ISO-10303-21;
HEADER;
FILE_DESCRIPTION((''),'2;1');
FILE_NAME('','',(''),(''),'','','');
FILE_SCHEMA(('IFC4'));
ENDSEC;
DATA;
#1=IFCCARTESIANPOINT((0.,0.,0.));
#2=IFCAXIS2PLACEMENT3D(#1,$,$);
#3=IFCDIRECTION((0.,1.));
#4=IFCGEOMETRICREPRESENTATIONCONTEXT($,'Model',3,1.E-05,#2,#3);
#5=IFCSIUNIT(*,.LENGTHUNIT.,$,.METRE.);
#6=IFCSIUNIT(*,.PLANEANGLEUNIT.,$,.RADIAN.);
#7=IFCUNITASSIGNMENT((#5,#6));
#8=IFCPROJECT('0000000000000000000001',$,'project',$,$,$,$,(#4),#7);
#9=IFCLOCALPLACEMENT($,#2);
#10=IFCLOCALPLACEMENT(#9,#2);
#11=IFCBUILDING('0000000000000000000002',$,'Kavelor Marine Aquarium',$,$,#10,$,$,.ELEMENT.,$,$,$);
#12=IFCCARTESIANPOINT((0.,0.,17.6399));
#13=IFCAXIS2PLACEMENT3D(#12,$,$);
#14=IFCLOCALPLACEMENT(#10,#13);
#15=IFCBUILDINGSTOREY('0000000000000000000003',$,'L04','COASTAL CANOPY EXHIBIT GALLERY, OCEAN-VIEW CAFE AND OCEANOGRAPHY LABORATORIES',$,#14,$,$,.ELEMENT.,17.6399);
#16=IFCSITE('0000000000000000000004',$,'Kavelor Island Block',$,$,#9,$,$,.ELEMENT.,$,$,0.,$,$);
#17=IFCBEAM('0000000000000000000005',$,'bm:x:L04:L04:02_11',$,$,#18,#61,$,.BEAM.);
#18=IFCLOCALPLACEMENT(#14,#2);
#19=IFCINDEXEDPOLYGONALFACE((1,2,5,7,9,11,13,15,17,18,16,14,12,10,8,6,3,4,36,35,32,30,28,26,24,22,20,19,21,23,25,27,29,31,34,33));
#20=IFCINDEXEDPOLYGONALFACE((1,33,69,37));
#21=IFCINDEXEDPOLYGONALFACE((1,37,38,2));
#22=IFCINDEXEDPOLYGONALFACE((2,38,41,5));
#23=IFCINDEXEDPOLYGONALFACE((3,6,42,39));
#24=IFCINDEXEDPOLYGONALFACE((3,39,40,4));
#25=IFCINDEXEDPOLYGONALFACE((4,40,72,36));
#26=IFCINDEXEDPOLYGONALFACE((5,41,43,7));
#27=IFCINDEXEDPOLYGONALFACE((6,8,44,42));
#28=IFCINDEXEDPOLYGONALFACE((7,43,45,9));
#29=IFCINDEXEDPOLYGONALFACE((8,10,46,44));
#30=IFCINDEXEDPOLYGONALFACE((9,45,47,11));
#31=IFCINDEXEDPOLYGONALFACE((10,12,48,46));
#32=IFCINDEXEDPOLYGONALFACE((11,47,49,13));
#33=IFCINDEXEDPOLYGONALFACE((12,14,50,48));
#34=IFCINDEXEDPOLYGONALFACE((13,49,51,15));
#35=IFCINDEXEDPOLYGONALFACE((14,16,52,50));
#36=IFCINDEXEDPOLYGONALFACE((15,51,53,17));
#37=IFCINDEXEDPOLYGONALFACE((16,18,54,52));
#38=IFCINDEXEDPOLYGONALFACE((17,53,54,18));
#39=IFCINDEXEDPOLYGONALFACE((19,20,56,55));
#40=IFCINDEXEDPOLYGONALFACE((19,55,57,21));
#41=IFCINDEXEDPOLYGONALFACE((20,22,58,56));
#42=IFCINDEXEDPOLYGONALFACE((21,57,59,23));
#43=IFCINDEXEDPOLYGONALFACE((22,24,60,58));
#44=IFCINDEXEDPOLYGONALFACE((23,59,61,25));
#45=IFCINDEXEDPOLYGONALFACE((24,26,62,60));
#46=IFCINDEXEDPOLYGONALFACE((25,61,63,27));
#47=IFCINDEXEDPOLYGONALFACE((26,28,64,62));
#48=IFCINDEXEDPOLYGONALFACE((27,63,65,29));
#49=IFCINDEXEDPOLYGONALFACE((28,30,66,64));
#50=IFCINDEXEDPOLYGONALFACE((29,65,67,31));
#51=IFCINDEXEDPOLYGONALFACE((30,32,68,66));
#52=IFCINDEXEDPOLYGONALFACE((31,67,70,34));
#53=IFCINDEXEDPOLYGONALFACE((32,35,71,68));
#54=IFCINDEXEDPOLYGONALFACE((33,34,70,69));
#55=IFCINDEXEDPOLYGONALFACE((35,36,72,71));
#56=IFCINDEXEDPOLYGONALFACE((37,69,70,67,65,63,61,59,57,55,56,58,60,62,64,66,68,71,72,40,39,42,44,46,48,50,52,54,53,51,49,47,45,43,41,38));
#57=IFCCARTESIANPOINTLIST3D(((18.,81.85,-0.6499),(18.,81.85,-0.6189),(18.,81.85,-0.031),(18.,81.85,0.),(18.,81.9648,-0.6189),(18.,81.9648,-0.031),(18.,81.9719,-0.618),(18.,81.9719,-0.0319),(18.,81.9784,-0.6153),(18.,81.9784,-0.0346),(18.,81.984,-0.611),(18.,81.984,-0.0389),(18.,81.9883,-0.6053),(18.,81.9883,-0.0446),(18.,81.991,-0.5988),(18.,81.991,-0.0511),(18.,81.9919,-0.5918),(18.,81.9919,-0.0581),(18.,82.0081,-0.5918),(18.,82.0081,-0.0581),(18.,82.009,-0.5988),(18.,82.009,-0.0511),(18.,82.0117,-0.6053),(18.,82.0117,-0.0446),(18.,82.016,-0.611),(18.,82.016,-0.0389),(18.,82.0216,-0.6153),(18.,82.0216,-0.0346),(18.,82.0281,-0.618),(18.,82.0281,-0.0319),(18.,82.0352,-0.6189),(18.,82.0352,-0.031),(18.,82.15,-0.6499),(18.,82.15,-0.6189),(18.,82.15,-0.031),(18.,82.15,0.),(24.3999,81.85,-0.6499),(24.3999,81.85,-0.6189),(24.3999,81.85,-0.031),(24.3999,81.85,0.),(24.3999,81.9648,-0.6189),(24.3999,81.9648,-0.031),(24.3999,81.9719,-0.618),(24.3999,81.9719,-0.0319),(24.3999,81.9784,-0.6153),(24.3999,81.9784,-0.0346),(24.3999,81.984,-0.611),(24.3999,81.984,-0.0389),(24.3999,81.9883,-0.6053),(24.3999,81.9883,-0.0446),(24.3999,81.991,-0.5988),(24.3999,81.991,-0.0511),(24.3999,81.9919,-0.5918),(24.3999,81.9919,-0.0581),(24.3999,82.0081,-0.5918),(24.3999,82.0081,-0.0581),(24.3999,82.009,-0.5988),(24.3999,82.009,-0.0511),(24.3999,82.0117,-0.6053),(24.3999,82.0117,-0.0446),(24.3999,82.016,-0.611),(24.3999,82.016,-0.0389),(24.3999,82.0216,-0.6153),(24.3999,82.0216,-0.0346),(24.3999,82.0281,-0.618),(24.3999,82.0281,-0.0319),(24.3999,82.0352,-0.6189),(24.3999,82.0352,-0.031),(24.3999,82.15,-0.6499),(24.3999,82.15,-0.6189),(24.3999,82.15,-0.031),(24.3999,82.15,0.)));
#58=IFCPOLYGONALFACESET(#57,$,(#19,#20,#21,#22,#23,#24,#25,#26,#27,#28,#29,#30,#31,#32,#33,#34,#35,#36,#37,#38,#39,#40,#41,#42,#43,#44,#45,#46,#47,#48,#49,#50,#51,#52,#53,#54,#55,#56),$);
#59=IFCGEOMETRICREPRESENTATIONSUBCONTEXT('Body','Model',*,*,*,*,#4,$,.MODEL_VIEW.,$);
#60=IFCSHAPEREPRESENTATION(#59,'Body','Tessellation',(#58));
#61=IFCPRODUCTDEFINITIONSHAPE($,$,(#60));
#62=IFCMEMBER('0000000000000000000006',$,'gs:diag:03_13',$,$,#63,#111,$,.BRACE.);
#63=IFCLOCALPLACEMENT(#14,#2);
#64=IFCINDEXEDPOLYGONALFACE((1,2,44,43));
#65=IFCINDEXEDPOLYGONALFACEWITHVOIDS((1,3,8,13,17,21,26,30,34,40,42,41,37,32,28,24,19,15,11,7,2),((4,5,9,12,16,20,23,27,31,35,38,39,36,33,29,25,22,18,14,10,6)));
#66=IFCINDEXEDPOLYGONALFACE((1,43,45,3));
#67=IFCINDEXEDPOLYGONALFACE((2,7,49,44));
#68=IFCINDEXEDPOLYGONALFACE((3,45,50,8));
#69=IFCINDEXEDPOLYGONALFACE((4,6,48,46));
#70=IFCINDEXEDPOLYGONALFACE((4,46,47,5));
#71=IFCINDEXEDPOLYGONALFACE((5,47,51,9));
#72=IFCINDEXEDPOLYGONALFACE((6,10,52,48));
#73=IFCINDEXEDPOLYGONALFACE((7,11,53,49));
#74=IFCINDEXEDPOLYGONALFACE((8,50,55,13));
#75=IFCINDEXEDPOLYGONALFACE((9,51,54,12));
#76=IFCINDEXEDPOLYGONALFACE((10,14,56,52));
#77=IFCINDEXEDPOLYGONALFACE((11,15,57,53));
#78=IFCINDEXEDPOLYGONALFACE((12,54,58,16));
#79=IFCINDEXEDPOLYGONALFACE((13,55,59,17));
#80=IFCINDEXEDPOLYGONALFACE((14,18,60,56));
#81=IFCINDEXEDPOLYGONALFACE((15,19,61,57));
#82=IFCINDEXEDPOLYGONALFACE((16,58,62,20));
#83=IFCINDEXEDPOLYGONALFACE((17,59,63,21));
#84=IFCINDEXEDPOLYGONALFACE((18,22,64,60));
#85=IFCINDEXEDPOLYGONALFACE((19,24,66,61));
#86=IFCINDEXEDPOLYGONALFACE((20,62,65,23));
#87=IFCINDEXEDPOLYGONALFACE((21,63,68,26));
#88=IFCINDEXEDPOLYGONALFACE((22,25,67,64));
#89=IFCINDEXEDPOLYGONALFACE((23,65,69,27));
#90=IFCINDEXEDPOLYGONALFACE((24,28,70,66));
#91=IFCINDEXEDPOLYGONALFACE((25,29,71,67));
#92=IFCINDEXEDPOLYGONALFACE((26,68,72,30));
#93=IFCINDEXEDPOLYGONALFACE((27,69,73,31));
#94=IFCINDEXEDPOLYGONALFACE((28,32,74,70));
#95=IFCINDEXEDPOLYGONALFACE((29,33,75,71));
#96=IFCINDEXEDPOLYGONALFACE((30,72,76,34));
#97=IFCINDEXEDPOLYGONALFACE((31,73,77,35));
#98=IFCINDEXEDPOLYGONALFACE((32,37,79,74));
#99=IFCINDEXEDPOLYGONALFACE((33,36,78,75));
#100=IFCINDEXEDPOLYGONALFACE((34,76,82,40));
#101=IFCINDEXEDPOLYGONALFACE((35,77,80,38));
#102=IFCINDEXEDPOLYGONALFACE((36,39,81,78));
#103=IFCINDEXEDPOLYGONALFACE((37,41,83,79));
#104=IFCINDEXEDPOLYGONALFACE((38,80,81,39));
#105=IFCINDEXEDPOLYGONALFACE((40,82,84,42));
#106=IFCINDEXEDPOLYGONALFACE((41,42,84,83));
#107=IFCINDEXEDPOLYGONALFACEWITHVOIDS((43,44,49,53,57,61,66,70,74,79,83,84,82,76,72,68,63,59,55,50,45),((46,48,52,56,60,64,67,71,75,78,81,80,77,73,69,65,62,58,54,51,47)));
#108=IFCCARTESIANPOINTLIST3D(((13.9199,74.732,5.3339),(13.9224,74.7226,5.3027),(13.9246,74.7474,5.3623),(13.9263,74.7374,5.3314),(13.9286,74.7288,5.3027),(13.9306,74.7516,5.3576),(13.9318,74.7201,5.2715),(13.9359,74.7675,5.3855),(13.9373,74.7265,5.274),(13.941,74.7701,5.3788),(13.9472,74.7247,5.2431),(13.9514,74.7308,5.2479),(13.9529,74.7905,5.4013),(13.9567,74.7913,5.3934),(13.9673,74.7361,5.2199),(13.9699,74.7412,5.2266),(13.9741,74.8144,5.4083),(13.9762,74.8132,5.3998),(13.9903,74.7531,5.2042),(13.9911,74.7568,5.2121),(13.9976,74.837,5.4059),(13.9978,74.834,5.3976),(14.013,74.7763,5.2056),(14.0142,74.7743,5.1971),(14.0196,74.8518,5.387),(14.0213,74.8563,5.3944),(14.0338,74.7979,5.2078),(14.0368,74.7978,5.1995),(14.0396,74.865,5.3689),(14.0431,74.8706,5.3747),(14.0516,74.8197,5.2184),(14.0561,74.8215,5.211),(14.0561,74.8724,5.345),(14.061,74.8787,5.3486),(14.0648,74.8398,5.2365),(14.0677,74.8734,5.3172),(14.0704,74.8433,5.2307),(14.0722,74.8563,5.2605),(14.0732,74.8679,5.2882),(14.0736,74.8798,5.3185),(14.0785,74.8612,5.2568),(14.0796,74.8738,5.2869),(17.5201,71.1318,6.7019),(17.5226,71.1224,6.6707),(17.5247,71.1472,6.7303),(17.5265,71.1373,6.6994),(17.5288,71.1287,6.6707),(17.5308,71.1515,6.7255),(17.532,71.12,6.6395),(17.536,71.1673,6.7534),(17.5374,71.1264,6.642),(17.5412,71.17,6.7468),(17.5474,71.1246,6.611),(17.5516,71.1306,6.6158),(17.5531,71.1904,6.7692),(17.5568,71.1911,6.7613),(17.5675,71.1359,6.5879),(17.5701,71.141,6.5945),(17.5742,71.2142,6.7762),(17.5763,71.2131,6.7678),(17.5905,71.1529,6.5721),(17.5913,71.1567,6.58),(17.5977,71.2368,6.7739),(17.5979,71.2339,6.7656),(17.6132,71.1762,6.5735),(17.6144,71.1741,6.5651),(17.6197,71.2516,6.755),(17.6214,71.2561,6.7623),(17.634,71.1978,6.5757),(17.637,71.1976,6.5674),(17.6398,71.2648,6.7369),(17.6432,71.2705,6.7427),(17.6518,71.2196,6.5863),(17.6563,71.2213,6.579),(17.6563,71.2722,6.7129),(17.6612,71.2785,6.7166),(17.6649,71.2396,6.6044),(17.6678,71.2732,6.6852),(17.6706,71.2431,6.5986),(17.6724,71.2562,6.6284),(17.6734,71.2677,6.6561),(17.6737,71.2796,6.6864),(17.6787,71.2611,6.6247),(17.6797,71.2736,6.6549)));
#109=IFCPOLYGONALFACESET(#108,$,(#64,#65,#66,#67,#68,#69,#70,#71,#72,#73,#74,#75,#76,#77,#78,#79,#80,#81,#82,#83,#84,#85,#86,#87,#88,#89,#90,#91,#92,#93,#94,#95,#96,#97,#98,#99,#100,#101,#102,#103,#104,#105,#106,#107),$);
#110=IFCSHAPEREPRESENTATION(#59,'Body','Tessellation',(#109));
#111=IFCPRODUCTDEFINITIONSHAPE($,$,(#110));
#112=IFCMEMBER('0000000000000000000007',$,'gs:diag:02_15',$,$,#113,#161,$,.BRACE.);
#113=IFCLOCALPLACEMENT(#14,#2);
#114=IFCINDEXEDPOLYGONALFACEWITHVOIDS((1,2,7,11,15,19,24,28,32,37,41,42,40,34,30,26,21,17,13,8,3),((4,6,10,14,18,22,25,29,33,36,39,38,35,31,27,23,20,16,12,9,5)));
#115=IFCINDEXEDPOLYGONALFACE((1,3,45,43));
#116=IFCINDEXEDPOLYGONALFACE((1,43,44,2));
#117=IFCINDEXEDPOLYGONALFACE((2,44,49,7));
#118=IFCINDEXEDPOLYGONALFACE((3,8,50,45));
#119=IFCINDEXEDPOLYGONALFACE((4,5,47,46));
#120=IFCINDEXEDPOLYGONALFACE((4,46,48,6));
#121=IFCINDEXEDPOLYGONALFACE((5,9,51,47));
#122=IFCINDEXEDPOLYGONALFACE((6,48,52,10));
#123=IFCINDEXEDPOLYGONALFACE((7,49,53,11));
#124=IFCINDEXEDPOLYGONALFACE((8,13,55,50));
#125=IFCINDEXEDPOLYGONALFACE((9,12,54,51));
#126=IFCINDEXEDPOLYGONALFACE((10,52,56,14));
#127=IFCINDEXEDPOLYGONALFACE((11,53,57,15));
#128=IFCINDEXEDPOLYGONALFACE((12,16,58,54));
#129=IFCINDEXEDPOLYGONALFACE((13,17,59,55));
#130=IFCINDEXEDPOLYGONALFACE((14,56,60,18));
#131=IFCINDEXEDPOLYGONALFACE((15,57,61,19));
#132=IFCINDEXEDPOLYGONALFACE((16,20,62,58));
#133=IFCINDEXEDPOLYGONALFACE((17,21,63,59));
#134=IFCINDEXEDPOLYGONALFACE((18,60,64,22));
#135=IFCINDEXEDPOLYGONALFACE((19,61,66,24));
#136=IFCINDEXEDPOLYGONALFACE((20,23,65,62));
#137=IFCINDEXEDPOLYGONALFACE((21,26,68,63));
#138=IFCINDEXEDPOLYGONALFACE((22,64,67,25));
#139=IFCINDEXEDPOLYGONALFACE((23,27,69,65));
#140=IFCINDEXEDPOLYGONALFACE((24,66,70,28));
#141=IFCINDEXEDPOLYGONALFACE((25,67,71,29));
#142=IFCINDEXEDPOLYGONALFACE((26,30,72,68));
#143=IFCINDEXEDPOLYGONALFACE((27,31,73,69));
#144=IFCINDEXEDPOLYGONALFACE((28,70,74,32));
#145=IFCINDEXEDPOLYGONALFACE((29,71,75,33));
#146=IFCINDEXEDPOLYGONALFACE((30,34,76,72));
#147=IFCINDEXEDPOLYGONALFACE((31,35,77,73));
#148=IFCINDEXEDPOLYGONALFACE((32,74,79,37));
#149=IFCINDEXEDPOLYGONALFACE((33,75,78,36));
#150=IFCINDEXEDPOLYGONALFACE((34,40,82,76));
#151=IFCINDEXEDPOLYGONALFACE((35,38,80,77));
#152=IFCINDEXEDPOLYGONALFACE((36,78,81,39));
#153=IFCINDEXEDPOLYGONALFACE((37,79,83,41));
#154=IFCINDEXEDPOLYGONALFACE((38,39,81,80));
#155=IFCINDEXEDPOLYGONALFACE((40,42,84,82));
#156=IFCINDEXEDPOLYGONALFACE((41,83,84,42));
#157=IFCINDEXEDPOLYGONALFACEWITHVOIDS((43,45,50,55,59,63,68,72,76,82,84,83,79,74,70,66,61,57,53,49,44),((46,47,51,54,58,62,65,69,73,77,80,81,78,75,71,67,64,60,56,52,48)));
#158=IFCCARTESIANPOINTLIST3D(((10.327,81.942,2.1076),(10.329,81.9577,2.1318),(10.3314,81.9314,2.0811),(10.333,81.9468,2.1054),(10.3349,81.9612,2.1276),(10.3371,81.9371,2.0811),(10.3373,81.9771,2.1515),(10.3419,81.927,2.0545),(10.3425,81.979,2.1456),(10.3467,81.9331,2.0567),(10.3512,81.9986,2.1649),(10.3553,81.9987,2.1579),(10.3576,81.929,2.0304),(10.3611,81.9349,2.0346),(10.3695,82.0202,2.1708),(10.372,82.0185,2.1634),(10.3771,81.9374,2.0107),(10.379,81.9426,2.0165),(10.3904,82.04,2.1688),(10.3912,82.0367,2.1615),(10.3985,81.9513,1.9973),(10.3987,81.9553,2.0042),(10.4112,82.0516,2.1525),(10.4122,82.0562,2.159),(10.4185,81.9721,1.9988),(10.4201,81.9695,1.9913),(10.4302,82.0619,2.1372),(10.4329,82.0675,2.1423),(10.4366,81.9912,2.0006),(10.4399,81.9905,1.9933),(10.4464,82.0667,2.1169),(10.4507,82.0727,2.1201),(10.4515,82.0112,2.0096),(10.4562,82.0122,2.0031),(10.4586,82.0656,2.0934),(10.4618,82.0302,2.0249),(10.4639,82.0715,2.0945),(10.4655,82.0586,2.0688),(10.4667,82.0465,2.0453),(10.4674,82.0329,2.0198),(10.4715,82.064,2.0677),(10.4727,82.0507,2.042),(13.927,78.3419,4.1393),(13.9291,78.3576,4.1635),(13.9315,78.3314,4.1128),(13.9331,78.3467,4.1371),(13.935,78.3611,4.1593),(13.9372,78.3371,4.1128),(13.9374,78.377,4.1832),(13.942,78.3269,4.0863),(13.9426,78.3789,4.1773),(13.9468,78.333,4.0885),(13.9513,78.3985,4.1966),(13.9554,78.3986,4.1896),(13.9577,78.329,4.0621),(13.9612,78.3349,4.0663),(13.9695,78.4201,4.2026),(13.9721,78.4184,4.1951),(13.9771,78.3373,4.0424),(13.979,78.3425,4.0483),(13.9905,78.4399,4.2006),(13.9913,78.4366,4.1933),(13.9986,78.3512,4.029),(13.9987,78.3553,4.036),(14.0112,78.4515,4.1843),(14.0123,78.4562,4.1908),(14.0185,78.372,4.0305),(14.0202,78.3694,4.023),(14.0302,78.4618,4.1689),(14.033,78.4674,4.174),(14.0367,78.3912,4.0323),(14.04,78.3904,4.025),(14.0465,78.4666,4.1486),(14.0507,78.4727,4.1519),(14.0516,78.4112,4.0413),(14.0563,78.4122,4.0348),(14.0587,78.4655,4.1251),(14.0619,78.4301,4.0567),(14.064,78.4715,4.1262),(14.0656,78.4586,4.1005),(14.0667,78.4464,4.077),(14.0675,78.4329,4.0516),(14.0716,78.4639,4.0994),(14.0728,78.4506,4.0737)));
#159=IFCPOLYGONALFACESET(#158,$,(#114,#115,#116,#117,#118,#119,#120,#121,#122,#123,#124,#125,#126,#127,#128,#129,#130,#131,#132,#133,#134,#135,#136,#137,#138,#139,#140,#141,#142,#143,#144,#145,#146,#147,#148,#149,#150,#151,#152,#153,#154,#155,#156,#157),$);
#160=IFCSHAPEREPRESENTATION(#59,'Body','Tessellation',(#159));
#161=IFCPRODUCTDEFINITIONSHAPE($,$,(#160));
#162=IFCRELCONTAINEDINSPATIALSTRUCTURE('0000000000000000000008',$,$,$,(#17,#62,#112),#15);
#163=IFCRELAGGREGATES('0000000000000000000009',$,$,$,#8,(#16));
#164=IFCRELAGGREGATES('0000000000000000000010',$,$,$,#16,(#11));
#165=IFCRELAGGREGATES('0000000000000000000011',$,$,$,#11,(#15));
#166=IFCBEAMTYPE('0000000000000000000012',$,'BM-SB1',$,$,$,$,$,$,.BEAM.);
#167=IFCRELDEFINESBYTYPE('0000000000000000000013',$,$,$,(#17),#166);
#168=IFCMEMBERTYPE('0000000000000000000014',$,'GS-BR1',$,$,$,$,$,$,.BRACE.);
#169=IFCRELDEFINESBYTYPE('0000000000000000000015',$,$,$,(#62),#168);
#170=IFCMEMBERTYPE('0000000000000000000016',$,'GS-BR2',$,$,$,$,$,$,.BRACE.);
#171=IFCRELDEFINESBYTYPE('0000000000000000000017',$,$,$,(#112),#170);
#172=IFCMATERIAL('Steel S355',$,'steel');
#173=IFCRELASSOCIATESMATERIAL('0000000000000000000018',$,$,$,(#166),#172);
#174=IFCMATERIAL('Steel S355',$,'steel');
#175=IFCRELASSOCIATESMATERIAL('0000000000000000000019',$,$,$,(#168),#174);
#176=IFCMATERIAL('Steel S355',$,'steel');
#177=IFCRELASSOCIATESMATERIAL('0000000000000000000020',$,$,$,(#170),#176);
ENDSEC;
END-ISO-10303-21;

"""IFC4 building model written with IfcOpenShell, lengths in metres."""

from ifc_helpers import new_model, si_unit, direction, frame, origin, origin_2d, place, context, subcontext, project, spatial, hollow_circle, i_section, extrude, material, material_profile, profile_set, type_object, element, save


model = new_model("IFC4")

# Units and contexts
model_context = context("Model", 3, precision=1e-05, world=origin(), true_north=direction((0.0, 1.0)))
body_context = subcontext(model_context, "Body", "Model", "MODEL_VIEW")
ifc_project = project(units=[si_unit("LENGTHUNIT", "METRE"), si_unit("PLANEANGLEUNIT", "RADIAN")], contexts=[model_context])

# Site, building, storey
site_placement = place(None, origin())
site = spatial("IfcSite", under=ifc_project, at=site_placement, Name="Kavelor Island Block", CompositionType="ELEMENT", RefElevation=0.0)
building_placement = place(site_placement, origin())
building = spatial("IfcBuilding", under=site, at=building_placement, Name="Kavelor Marine Aquarium", CompositionType="ELEMENT")
storey_placement = place(building_placement, frame((0.0, 0.0, 17.6399)))
storey = spatial("IfcBuildingStorey", under=building, at=storey_placement, Name="L04", Description="COASTAL CANOPY EXHIBIT GALLERY, OCEAN-VIEW CAFE AND OCEANOGRAPHY LABORATORIES", CompositionType="ELEMENT", Elevation=17.6399)

# Beam
ifc_material_1 = material(Name="Steel S355", Category="steel")
ifc_material_profile_1 = material_profile(ifc_material_1, i_section(OverallWidth=0.3, OverallDepth=0.6499, WebThickness=0.0161, FlangeThickness=0.031, FilletRadius=0.0271, at=origin_2d()), Name="HEB 650")
ifc_profile_set_1 = profile_set([ifc_material_profile_1], Name="Steel S355")
beam_type = type_object("IfcBeamType", Name="BM-SB1", PredefinedType="BEAM", material=ifc_profile_set_1)
beam_placement = place(storey_placement, frame((18.0, 82.0, -0.325), z_axis=(1.0, 0.0, 0.0), x_axis=(0.0, 1.0, 0.0)))
element("IfcBeam", 1, at=beam_placement, inside=storey, type_object=beam_type, Name="bm:x:L04:L04:02_11", PredefinedType="BEAM", context=body_context, shape_type="SweptSolid", body=[
    extrude(i_section(OverallWidth=0.3, OverallDepth=0.6499, WebThickness=0.0161, FlangeThickness=0.031, FilletRadius=0.0271, at=origin_2d()), origin(), (0.0, 0.0, 1.0), 6.3999),
])

# Members
ifc_material_2 = material(Name="Steel S355", Category="steel")
ifc_material_profile_2 = material_profile(ifc_material_2, hollow_circle(Radius=0.1096, WallThickness=0.0088, at=origin_2d()), Name="CHS 219.1x8.8")
ifc_profile_set_2 = profile_set([ifc_material_profile_2], Name="Steel S355")
member_type_1 = type_object("IfcMemberType", Name="GS-BR1", PredefinedType="BRACE", material=ifc_profile_set_2)
member_1_placement = place(storey_placement, frame((17.6001, 71.2, 6.6707), z_axis=(-0.682888, 0.682888, -0.259475), x_axis=(-0.707107, -0.707107, 0.0)))
element("IfcMember", 2, at=member_1_placement, inside=storey, type_object=member_type_1, Name="gs:diag:03_13", PredefinedType="BRACE", context=body_context, shape_type="SweptSolid", body=[
    extrude(hollow_circle(Radius=0.1096, WallThickness=0.0088, at=origin_2d()), origin(), (0.0, 0.0, 1.0), 5.272),
])
ifc_material_3 = material(Name="Steel S355", Category="steel")
ifc_material_profile_3 = material_profile(ifc_material_3, hollow_circle(Radius=0.0969, WallThickness=0.0081, at=origin_2d()), Name="CHS 193.7x8.0")
ifc_profile_set_3 = profile_set([ifc_material_profile_3], Name="Steel S355")
member_type_2 = type_object("IfcMemberType", Name="GS-BR2", PredefinedType="BRACE", material=ifc_profile_set_3)
member_2_placement = place(storey_placement, frame((14.0, 78.3999, 4.1128), z_axis=(-0.656745, 0.656745, -0.370638), x_axis=(-0.707107, -0.707107, 0.0)))
element("IfcMember", 3, at=member_2_placement, inside=storey, type_object=member_type_2, Name="gs:diag:02_15", PredefinedType="BRACE", context=body_context, shape_type="SweptSolid", body=[
    extrude(hollow_circle(Radius=0.0969, WallThickness=0.0081, at=origin_2d()), origin(), (0.0, 0.0, 1.0), 5.4817),
])

save(model, "model.ifc")
